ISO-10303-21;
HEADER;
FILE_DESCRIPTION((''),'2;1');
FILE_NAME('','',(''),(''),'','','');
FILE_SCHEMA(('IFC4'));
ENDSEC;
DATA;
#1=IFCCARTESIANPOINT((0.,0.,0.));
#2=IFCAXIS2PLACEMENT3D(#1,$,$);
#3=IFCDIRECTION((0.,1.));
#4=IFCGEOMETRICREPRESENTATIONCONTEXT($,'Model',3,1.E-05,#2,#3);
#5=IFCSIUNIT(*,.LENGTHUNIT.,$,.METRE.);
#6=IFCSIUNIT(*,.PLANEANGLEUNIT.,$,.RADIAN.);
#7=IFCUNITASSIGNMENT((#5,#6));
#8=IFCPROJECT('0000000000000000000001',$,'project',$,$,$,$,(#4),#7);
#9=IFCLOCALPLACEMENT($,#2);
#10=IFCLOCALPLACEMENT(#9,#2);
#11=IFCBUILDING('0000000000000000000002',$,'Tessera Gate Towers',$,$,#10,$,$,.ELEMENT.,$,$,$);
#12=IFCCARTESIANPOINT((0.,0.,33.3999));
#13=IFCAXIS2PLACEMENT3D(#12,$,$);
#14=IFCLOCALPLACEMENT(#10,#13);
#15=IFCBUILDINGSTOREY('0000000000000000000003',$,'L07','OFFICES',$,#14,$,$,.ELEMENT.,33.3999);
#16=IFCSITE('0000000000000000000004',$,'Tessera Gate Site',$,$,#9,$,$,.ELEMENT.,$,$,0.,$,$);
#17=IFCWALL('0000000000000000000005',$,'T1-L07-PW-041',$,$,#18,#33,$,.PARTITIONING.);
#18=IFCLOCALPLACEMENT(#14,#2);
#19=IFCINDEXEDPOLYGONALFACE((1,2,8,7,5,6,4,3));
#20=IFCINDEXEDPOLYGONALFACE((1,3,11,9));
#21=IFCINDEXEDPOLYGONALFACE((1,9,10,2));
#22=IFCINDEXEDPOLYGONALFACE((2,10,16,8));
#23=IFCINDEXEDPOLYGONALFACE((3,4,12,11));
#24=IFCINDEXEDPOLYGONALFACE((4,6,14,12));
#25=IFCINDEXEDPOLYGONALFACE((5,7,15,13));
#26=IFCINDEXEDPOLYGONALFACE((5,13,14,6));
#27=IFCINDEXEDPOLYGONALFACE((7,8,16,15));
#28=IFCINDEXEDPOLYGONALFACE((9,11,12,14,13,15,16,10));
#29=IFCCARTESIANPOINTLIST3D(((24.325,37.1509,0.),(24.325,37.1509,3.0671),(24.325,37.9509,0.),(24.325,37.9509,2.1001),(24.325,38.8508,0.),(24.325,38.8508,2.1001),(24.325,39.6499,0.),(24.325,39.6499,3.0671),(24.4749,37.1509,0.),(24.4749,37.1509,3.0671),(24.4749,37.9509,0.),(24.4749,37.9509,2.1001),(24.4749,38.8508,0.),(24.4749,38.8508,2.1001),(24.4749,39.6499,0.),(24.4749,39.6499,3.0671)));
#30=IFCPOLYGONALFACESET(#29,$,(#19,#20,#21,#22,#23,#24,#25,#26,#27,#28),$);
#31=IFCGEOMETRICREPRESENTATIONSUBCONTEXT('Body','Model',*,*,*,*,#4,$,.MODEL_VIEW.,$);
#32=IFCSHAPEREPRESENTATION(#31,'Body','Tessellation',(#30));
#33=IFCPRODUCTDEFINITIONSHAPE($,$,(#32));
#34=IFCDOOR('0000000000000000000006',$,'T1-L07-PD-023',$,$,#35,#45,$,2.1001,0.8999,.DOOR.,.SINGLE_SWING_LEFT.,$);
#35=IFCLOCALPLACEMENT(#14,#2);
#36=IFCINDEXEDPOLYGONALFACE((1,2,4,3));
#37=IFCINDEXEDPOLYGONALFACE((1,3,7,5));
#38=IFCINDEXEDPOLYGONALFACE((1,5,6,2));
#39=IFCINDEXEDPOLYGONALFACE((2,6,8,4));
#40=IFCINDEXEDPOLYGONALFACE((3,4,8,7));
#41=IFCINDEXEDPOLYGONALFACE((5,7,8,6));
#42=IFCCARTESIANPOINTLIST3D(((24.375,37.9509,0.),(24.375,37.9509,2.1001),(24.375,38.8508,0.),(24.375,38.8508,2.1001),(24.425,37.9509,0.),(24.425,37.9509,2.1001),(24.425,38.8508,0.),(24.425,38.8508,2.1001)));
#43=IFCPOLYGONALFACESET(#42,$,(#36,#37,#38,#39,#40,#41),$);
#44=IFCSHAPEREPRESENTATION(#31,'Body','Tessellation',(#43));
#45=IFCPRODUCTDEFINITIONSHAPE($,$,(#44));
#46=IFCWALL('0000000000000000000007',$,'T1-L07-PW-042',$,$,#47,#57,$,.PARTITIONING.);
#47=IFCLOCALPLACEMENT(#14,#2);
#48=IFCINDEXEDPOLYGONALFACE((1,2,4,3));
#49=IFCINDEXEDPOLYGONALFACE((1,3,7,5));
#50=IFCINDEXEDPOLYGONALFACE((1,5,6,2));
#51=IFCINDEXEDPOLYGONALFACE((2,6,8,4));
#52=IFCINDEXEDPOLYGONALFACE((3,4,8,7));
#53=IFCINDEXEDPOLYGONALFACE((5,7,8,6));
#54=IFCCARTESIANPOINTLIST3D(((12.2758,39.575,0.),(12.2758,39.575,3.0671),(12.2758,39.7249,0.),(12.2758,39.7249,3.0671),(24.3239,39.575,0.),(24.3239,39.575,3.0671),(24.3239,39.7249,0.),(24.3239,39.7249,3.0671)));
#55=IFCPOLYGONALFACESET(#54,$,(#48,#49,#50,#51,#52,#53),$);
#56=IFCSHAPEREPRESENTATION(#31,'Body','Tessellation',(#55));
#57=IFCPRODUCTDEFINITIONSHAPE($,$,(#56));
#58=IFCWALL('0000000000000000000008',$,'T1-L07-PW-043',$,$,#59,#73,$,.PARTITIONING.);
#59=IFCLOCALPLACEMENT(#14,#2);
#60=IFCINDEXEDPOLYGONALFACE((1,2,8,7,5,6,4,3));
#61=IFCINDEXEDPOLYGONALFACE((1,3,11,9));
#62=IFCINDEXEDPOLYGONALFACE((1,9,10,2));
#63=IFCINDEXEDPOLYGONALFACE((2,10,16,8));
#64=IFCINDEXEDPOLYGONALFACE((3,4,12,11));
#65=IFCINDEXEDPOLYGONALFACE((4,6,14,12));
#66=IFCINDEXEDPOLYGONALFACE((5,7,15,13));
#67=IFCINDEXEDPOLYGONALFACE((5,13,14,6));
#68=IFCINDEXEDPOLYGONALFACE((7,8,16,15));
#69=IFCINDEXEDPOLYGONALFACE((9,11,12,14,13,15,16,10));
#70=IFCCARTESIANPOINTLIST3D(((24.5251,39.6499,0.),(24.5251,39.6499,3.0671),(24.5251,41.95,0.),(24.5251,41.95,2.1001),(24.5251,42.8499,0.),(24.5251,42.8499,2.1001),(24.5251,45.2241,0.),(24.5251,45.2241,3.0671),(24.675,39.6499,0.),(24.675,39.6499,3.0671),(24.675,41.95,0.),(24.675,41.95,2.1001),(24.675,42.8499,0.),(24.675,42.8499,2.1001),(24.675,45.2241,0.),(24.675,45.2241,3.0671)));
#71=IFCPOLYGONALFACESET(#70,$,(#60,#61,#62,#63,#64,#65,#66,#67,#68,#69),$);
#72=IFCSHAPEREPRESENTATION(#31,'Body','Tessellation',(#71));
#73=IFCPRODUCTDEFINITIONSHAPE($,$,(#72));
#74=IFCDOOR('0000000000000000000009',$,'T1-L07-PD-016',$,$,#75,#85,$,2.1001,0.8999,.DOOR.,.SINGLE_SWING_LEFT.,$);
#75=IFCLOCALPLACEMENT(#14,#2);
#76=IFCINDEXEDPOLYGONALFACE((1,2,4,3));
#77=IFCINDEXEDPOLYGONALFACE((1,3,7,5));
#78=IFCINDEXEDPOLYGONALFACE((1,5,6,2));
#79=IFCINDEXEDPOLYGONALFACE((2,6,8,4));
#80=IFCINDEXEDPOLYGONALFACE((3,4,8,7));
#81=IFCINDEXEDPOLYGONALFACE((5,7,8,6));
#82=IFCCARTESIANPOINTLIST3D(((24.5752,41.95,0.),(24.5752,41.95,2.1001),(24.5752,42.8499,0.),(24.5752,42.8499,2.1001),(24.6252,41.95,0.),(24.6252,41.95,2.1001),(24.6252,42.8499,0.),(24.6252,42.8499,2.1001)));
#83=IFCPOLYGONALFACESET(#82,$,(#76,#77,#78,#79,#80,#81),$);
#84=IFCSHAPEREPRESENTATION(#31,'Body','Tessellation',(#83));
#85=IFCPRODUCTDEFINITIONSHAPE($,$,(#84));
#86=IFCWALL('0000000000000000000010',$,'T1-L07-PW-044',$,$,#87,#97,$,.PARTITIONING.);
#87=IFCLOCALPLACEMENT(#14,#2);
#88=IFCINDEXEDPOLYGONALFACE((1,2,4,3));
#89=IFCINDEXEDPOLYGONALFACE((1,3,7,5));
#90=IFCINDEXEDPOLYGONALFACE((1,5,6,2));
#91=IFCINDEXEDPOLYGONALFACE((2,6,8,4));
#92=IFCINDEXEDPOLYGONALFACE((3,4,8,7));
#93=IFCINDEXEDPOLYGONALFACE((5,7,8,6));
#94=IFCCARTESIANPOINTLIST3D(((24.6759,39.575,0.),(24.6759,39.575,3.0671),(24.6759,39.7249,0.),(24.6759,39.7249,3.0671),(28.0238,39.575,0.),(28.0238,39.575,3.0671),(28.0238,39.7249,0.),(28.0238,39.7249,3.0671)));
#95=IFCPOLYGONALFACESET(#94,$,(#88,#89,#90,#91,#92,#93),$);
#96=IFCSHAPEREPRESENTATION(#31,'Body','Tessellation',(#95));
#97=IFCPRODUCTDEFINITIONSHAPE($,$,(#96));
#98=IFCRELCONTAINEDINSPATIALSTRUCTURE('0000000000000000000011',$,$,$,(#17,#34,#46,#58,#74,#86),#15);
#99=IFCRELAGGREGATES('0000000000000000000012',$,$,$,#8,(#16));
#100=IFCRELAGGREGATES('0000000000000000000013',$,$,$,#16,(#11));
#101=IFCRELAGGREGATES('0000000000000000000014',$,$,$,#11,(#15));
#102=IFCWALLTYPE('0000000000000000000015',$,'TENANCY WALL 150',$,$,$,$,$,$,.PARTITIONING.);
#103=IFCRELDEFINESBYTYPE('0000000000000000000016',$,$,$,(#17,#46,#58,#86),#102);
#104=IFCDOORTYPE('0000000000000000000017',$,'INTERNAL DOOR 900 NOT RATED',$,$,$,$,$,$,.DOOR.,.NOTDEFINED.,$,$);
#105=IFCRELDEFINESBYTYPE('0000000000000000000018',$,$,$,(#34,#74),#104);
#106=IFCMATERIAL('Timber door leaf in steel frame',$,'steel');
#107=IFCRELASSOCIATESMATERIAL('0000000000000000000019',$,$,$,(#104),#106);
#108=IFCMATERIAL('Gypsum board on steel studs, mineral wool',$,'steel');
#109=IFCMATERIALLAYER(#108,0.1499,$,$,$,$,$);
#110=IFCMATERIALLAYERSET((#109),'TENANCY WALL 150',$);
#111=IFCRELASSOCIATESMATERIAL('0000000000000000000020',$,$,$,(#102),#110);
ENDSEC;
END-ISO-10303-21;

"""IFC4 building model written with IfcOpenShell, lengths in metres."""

from ifc_helpers import new_model, si_unit, direction, frame, frame_2d, origin, place, context, subcontext, project, spatial, rectangle, extrude, source, transform, mapped, material, layer, layer_set, type_object, element, fill, save


model = new_model("IFC4")

# Units and contexts
model_context = context("Model", 3, precision=1e-05, world=origin(), true_north=direction((0.0, 1.0)))
body_context = subcontext(model_context, "Body", "Model", "MODEL_VIEW")
ifc_project = project(units=[si_unit("LENGTHUNIT", "METRE"), si_unit("PLANEANGLEUNIT", "RADIAN")], contexts=[model_context])

# Site, building, storey
site_placement = place(None, origin())
site = spatial("IfcSite", under=ifc_project, at=site_placement, Name="Tessera Gate Site", CompositionType="ELEMENT", RefElevation=0.0)
building_placement = place(site_placement, origin())
building = spatial("IfcBuilding", under=site, at=building_placement, Name="Tessera Gate Towers", CompositionType="ELEMENT")
storey_placement = place(building_placement, frame((0.0, 0.0, 33.3999)))
storey = spatial("IfcBuildingStorey", under=building, at=storey_placement, Name="L07", Description="OFFICES", CompositionType="ELEMENT", Elevation=33.3999)

# Shared definitions
ifc_material_1 = material(Name="Timber door leaf in steel frame", Category="steel")
door_type = type_object("IfcDoorType", Name="INTERNAL DOOR 900 NOT RATED", OperationType="NOTDEFINED", PredefinedType="DOOR", material=ifc_material_1)
shared_shape_1 = source(origin(), body_context, "Body", "SweptSolid", [
    extrude(rectangle(XDim=0.8999, YDim=2.1001, at=frame_2d((0.45, 1.05))), frame((0.0, 0.0249, 0.0), z_axis=(0.0, -1.0, 0.0), x_axis=(1.0, 0.0, 0.0)), (0.0, 0.0, 1.0), 0.05),
])

# Shared definitions
ifc_material_2 = material(Name="Gypsum board on steel studs, mineral wool", Category="steel")
ifc_layer_1 = layer(ifc_material_2, 0.1499)
ifc_layer_set_1 = layer_set([ifc_layer_1], Name="TENANCY WALL 150")
wall_type_1 = type_object("IfcWallType", Name="TENANCY WALL 150", PredefinedType="PARTITIONING", material=ifc_layer_set_1)

# Wall, opening, door
wall_1_placement = place(storey_placement, frame((24.3999, 37.1509, 0.0), z_axis=(0.0, 0.0, 1.0), x_axis=(0.0, 1.0, 0.0)))
wall_1 = element("IfcWall", 1, at=wall_1_placement, inside=storey, type_object=wall_type_1, Name="T1-L07-PW-041", PredefinedType="PARTITIONING", context=body_context, shape_type="SweptSolid", body=[
    extrude(rectangle(XDim=2.499, YDim=0.1499, at=frame_2d((1.2495, 0.0))), origin(), (0.0, 0.0, 1.0), 3.0671),
])
shared_shape_2 = source(origin(), body_context, "Body", "SweptSolid", [
    extrude(rectangle(XDim=0.8999, YDim=2.1001, at=frame_2d((0.45, 1.05))), frame((0.0, 0.085, 0.0), z_axis=(0.0, -1.0, 0.0), x_axis=(1.0, 0.0, 0.0)), (0.0, 0.0, 1.0), 0.1699),
])
opening_1_placement = place(wall_1_placement, frame((0.8, 0.0, 0.0)))
opening_1 = element("IfcOpeningElement", 2, at=opening_1_placement, cuts=wall_1, PredefinedType="OPENING", context=body_context, shape_type="MappedRepresentation", body=[
    mapped(shared_shape_2, transform((0.0, 0.0, 0.0), scale=1.0)),
])
door_1_placement = place(opening_1_placement, origin())
door_1 = element("IfcDoor", 3, at=door_1_placement, inside=storey, type_object=door_type, Name="T1-L07-PD-023", OperationType="SINGLE_SWING_LEFT", OverallHeight=2.1001, OverallWidth=0.8999, PredefinedType="DOOR", context=body_context, shape_type="MappedRepresentation", body=[
    mapped(shared_shape_1, transform((0.0, 0.0, 0.0), scale=1.0)),
])
fill(opening_1, door_1)

# Wall
wall_2_placement = place(storey_placement, frame((12.2759, 39.6499, 0.0), z_axis=(0.0, 0.0, 1.0), x_axis=(1.0, 0.0, 0.0)))
element("IfcWall", 4, at=wall_2_placement, inside=storey, type_object=wall_type_1, Name="T1-L07-PW-042", PredefinedType="PARTITIONING", context=body_context, shape_type="SweptSolid", body=[
    extrude(rectangle(XDim=12.0481, YDim=0.1499, at=frame_2d((6.0239, 0.0))), origin(), (0.0, 0.0, 1.0), 3.0671),
])

# Wall, opening, door
wall_3_placement = place(storey_placement, frame((24.6001, 39.6499, 0.0), z_axis=(0.0, 0.0, 1.0), x_axis=(0.0, 1.0, 0.0)))
wall_3 = element("IfcWall", 5, at=wall_3_placement, inside=storey, type_object=wall_type_1, Name="T1-L07-PW-043", PredefinedType="PARTITIONING", context=body_context, shape_type="SweptSolid", body=[
    extrude(rectangle(XDim=5.5742, YDim=0.1499, at=frame_2d((2.7871, 0.0))), origin(), (0.0, 0.0, 1.0), 3.0671),
])
opening_2_placement = place(wall_3_placement, frame((2.3, 0.0, 0.0)))
opening_2 = element("IfcOpeningElement", 6, at=opening_2_placement, cuts=wall_3, PredefinedType="OPENING", context=body_context, shape_type="MappedRepresentation", body=[
    mapped(shared_shape_2, transform((0.0, 0.0, 0.0), scale=1.0)),
])
door_2_placement = place(opening_2_placement, origin())
door_2 = element("IfcDoor", 7, at=door_2_placement, inside=storey, type_object=door_type, Name="T1-L07-PD-016", OperationType="SINGLE_SWING_LEFT", OverallHeight=2.1001, OverallWidth=0.8999, PredefinedType="DOOR", context=body_context, shape_type="MappedRepresentation", body=[
    mapped(shared_shape_1, transform((0.0, 0.0, 0.0), scale=1.0)),
])
fill(opening_2, door_2)

# Wall
wall_4_placement = place(storey_placement, frame((24.676, 39.6499, 0.0), z_axis=(0.0, 0.0, 1.0), x_axis=(1.0, 0.0, 0.0)))
element("IfcWall", 8, at=wall_4_placement, inside=storey, type_object=wall_type_1, Name="T1-L07-PW-044", PredefinedType="PARTITIONING", context=body_context, shape_type="SweptSolid", body=[
    extrude(rectangle(XDim=3.3479, YDim=0.1499, at=frame_2d((1.6738, 0.0))), origin(), (0.0, 0.0, 1.0), 3.0671),
])

save(model, "model.ifc")
